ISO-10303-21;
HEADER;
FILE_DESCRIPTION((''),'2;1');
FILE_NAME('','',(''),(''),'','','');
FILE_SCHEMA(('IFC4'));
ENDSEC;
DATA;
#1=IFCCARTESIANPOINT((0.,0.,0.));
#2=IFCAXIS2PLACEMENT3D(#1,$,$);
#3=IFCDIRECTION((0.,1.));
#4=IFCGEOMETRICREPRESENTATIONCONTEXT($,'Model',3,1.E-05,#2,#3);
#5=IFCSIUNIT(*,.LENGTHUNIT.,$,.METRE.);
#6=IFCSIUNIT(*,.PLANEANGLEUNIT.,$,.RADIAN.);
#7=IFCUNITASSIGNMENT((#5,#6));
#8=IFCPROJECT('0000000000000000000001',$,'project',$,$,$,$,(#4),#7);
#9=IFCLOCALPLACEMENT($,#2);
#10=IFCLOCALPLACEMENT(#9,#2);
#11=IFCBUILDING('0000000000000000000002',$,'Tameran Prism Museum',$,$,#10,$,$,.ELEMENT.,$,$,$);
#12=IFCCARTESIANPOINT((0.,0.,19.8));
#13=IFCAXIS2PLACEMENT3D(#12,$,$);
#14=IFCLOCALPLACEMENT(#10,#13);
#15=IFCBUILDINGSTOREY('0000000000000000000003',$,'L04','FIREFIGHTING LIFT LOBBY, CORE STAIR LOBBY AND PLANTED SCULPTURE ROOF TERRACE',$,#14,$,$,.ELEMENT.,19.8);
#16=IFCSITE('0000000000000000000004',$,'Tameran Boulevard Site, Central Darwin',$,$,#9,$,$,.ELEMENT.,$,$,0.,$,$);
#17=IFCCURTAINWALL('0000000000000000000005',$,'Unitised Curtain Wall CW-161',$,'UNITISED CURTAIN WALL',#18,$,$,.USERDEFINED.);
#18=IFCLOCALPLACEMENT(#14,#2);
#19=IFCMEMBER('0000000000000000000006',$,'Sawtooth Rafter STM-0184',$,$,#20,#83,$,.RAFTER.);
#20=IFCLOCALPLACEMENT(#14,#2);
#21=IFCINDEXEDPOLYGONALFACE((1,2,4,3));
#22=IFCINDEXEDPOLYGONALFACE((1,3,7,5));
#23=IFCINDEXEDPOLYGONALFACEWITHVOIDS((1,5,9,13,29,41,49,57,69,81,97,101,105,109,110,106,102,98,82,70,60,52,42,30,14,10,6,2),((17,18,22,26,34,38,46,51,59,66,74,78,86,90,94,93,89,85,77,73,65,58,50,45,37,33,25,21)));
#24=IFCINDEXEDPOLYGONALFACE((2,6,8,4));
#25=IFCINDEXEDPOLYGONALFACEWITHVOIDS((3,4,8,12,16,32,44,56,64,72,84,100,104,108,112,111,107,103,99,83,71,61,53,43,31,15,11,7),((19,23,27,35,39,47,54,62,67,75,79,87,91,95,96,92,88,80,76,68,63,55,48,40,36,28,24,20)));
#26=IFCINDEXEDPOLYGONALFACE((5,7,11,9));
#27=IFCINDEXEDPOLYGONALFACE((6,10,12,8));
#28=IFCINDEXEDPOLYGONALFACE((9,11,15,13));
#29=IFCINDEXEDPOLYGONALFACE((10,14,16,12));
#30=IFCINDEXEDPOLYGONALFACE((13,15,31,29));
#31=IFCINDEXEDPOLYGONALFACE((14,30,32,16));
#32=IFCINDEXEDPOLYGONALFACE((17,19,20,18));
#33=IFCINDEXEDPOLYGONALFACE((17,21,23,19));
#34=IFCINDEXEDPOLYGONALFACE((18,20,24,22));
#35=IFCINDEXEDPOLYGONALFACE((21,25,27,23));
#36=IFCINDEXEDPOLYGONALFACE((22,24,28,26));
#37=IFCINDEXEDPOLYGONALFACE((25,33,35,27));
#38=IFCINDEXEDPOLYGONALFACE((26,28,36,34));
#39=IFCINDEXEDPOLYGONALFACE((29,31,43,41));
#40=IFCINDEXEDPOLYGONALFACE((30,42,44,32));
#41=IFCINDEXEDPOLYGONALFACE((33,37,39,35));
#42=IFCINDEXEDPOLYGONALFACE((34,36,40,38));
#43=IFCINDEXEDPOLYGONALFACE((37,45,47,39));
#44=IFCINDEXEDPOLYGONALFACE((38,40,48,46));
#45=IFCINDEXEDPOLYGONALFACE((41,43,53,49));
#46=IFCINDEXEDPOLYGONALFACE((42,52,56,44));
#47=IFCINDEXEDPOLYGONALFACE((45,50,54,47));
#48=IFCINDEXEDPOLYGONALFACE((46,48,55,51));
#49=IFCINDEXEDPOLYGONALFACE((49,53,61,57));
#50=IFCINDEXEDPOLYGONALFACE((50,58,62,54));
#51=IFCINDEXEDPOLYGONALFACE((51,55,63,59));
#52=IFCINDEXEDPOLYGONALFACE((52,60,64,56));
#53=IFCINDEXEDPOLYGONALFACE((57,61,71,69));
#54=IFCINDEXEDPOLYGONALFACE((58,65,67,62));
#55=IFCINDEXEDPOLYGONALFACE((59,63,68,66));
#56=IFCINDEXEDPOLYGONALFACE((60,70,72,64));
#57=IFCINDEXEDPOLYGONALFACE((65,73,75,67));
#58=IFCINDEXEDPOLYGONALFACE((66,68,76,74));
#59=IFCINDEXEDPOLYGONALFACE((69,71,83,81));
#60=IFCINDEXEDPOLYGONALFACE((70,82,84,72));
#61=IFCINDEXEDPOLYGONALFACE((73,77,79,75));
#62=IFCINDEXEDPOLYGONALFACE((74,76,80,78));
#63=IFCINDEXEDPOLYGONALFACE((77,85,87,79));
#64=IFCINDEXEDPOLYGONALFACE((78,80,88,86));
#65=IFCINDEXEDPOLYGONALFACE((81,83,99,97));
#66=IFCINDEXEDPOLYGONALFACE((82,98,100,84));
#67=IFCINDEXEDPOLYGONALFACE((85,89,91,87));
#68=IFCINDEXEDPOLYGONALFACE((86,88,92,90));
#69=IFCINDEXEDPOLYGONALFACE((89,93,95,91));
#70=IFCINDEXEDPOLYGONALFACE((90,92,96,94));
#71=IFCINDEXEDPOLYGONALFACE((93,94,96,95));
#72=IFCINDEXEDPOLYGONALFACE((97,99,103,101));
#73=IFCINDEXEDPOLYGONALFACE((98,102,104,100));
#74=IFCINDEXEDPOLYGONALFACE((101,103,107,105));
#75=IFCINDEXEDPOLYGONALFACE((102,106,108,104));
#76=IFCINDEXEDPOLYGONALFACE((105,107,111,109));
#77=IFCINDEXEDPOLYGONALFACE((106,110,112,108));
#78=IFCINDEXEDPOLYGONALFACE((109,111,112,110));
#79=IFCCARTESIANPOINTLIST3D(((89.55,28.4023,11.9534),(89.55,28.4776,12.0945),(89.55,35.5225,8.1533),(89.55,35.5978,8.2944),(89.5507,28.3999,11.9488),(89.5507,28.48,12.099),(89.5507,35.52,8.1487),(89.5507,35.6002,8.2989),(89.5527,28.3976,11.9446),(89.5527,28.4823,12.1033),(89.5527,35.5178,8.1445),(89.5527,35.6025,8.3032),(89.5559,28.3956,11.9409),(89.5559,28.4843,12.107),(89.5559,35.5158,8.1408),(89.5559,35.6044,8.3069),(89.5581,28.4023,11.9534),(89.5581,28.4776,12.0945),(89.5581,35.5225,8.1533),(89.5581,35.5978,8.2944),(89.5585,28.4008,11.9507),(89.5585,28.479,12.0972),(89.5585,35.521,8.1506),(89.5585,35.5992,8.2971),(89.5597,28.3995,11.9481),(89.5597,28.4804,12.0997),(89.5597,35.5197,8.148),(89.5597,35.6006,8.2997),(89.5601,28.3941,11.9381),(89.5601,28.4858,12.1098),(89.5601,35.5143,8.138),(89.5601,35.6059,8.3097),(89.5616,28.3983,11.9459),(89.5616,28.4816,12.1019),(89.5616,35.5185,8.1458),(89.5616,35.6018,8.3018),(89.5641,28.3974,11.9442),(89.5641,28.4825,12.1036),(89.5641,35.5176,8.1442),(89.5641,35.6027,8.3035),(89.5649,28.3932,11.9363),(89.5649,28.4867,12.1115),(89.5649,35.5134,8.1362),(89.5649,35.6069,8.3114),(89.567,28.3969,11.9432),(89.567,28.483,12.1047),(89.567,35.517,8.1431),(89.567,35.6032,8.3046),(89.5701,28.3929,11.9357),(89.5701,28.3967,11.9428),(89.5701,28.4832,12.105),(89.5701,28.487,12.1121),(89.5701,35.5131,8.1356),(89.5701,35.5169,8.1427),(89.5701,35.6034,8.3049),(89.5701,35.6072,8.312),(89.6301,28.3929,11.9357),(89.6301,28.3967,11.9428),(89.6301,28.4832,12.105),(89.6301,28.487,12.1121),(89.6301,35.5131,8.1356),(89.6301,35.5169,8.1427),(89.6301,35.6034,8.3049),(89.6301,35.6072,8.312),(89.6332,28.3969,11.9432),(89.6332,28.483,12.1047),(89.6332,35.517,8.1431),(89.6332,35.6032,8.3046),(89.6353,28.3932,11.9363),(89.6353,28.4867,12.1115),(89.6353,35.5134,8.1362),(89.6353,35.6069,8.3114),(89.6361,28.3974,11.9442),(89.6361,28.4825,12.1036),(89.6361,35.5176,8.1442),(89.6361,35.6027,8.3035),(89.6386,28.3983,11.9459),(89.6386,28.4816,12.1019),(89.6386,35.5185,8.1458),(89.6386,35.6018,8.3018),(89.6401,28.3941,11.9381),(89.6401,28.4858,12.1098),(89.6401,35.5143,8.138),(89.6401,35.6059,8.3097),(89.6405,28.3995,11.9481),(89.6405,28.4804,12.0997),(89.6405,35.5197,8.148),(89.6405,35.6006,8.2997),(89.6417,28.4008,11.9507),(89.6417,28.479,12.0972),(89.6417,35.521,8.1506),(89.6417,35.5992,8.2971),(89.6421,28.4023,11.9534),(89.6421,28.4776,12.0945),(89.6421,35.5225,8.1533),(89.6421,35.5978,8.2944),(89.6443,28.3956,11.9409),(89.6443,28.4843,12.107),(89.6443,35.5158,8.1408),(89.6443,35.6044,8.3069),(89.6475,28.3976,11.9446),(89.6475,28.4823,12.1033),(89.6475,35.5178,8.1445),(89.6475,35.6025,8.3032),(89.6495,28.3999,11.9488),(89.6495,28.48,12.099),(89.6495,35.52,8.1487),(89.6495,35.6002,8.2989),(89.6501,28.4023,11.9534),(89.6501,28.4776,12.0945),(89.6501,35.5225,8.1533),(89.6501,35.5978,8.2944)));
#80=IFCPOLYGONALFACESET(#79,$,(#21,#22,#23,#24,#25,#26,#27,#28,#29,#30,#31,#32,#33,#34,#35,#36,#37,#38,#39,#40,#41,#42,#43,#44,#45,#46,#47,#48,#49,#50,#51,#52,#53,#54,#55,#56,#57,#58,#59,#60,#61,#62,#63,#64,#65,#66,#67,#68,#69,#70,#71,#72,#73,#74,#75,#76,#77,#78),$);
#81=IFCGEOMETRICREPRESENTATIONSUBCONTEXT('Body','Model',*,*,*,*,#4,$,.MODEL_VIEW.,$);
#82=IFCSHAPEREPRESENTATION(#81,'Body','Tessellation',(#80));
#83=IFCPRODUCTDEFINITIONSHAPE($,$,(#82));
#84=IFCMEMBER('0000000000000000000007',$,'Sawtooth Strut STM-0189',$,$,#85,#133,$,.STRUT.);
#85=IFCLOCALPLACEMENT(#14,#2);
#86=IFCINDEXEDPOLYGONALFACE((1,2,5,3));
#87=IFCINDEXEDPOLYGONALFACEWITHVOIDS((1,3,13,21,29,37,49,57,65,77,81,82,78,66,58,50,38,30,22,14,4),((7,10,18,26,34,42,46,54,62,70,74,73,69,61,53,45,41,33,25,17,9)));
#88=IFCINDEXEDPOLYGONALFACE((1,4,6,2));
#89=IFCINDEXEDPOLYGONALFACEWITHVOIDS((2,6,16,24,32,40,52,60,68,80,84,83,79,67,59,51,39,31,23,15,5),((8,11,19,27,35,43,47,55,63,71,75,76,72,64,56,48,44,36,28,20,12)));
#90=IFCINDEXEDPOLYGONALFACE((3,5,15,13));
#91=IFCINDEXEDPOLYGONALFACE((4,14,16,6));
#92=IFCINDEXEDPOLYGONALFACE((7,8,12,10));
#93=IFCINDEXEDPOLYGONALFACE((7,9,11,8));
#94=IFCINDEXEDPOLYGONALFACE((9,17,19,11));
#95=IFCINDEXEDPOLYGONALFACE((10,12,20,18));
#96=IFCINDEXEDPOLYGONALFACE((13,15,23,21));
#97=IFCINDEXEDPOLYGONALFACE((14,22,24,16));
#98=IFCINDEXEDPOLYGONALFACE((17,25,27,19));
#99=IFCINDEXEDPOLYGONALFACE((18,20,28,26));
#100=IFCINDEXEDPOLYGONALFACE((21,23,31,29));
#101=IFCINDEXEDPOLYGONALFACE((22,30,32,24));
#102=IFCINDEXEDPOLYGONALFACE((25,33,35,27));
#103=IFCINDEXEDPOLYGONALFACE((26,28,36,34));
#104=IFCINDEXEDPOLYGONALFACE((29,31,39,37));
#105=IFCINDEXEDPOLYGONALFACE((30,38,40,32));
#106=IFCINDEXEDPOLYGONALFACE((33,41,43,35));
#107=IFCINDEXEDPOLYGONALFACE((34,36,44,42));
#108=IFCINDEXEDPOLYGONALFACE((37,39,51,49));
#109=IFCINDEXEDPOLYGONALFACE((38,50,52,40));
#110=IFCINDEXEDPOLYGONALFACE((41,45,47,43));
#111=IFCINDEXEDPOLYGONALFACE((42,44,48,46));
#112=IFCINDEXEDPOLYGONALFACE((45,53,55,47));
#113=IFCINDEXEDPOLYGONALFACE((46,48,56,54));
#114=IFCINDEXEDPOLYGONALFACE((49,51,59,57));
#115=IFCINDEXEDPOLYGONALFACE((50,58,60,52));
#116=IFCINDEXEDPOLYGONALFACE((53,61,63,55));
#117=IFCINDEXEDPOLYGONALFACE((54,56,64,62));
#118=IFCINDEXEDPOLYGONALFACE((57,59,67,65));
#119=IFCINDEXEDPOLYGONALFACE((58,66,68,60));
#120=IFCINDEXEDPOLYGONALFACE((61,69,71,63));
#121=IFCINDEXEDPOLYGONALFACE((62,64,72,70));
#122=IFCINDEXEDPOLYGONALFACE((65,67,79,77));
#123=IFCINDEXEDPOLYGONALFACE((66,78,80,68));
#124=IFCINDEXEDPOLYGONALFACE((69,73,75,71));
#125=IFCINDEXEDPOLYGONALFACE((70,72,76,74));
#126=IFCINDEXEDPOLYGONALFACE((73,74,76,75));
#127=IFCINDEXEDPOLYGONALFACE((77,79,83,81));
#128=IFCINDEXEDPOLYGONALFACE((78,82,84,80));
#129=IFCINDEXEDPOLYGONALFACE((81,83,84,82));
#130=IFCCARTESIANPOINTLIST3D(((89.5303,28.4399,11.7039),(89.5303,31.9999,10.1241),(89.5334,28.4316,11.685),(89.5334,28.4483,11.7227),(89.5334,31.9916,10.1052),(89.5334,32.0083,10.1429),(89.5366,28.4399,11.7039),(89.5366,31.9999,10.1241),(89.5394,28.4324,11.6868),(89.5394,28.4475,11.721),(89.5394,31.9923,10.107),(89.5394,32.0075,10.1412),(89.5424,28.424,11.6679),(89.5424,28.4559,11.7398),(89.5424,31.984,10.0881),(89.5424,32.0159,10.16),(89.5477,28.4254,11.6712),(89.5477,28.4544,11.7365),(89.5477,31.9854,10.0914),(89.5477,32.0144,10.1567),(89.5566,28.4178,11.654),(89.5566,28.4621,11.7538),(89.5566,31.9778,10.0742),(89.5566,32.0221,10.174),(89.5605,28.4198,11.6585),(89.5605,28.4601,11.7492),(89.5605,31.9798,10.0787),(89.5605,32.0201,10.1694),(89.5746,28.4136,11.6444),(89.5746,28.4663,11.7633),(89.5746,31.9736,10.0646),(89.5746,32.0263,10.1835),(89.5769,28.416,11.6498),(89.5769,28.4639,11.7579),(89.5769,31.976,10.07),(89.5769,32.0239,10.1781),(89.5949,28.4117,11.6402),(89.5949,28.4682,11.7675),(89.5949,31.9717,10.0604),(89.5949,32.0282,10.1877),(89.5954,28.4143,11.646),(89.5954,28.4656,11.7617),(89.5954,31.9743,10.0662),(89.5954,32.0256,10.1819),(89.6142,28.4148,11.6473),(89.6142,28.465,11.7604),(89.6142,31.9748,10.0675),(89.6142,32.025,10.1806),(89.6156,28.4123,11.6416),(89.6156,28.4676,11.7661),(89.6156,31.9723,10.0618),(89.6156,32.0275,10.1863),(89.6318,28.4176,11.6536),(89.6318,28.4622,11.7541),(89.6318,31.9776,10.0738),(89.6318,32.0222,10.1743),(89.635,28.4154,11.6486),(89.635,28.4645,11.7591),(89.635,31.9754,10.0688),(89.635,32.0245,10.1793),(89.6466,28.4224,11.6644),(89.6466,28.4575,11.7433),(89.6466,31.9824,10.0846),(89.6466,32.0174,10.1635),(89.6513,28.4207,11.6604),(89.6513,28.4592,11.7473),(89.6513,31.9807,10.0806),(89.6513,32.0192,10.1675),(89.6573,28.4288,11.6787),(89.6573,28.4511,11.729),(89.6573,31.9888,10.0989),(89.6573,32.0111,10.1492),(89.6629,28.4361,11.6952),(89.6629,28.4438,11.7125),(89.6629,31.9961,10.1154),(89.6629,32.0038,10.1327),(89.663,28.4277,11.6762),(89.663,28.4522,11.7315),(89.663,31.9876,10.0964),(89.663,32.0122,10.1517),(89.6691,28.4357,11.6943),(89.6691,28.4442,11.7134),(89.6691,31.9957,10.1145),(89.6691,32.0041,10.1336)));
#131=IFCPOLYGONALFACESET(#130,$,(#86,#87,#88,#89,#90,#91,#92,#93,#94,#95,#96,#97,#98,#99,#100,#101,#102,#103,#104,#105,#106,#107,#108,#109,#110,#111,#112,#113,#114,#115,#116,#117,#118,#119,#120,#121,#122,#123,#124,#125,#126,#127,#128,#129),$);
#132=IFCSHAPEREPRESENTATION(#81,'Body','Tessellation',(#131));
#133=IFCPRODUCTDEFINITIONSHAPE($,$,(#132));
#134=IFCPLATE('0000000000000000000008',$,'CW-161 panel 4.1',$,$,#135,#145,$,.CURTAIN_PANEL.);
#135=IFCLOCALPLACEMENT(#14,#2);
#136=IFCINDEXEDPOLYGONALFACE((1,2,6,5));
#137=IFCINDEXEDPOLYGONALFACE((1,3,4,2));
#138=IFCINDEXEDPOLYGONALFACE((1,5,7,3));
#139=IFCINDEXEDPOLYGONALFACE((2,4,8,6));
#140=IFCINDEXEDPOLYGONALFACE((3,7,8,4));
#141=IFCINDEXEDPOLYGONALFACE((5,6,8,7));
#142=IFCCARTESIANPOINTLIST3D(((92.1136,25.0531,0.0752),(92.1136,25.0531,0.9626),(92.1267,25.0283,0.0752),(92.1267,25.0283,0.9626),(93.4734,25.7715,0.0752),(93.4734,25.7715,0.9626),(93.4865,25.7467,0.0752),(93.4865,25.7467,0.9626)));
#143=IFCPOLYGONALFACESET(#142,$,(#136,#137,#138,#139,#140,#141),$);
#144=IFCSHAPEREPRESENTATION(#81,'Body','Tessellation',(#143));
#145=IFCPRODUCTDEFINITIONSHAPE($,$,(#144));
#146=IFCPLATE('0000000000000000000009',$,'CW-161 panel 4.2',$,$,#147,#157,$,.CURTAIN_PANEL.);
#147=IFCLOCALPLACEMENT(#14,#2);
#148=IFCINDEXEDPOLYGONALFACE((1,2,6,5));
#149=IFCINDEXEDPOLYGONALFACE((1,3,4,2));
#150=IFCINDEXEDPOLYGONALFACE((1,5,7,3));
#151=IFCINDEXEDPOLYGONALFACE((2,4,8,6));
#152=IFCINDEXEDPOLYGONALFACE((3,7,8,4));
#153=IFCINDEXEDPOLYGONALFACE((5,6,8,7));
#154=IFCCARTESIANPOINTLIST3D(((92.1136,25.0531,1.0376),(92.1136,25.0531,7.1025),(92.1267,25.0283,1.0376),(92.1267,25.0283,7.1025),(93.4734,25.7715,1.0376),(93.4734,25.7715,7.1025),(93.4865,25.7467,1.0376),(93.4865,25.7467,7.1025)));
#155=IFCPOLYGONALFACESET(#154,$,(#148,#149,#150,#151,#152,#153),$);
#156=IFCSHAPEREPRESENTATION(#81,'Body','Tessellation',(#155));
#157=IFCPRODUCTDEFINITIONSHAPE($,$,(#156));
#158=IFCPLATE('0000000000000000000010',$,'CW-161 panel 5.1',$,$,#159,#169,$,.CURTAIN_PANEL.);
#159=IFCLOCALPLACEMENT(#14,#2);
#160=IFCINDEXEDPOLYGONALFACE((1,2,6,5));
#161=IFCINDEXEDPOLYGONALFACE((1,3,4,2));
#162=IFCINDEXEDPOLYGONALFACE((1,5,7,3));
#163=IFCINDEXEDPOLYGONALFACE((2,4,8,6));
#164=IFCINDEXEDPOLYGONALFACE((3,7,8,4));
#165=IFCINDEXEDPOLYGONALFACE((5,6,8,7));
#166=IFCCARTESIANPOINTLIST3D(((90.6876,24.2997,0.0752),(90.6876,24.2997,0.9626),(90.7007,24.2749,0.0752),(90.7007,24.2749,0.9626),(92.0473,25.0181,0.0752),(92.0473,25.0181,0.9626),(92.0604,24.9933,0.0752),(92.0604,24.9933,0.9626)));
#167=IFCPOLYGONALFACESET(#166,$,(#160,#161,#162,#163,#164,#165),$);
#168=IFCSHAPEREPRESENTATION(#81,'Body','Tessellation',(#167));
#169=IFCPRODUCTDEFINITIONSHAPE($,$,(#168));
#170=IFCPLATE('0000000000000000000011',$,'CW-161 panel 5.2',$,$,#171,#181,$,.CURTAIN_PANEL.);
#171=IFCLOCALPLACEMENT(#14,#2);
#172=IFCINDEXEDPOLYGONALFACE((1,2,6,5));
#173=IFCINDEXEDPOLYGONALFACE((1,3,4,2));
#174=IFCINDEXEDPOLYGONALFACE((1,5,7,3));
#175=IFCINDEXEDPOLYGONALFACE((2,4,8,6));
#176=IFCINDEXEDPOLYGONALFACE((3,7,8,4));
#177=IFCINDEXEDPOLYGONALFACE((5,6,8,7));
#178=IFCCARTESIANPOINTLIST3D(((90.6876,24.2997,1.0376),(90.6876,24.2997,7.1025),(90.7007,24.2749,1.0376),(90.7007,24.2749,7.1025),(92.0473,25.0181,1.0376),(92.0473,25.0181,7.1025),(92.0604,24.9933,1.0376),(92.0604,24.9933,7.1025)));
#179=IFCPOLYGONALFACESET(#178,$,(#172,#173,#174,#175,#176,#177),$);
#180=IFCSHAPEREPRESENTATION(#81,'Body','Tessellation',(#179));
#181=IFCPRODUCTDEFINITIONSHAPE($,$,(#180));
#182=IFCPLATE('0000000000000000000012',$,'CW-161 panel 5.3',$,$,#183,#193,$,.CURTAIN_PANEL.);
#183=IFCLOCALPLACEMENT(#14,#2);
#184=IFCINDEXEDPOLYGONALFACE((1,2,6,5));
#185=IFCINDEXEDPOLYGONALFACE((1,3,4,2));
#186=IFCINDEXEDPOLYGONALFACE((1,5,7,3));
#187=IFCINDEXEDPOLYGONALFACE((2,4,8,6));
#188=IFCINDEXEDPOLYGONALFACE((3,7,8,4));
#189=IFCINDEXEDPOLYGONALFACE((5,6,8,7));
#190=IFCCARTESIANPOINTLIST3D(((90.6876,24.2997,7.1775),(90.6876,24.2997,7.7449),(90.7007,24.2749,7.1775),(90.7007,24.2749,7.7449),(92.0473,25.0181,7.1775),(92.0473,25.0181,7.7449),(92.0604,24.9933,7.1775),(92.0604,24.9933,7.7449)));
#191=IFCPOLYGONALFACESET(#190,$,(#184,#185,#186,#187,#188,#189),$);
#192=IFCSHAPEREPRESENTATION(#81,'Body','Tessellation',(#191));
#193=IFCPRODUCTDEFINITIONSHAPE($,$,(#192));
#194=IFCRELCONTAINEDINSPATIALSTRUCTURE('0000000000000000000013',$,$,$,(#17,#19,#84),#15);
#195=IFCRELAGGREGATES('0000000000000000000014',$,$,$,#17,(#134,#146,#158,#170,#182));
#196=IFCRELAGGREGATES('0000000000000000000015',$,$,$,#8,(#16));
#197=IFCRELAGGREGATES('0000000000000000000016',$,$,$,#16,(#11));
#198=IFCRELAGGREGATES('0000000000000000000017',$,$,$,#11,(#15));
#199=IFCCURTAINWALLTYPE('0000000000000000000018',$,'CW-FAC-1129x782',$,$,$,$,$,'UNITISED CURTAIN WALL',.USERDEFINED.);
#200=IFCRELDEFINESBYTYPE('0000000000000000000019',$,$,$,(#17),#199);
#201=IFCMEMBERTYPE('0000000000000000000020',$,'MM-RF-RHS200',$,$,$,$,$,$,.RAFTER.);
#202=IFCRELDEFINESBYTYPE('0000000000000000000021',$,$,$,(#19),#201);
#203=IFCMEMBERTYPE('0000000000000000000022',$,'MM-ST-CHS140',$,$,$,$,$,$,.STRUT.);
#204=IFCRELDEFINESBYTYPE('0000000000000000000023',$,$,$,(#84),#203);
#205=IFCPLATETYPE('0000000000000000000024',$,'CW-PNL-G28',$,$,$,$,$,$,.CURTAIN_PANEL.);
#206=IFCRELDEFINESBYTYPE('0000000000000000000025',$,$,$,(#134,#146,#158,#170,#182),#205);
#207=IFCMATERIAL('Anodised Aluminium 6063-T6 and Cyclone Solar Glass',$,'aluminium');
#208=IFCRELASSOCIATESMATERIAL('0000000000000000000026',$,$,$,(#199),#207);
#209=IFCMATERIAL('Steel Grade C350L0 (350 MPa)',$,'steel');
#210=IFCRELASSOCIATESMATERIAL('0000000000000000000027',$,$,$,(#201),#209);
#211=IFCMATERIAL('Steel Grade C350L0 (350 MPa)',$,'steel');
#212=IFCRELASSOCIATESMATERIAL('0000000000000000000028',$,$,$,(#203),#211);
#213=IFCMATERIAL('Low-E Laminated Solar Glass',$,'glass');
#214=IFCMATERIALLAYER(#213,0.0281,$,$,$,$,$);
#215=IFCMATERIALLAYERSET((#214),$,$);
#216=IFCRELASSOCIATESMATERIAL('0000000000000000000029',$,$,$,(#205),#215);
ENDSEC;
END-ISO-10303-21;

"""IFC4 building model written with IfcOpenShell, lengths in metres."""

from ifc_helpers import new_model, si_unit, direction, frame, origin, origin_2d, place, context, subcontext, project, spatial, rectangle, hollow_rectangle, hollow_circle, extrude, material, layer, layer_set, material_profile, profile_set, type_object, element, aggregate, save


model = new_model("IFC4")

# Units and contexts
model_context = context("Model", 3, precision=1e-05, world=origin(), true_north=direction((0.0, 1.0)))
body_context = subcontext(model_context, "Body", "Model", "MODEL_VIEW")
ifc_project = project(units=[si_unit("LENGTHUNIT", "METRE"), si_unit("PLANEANGLEUNIT", "RADIAN")], contexts=[model_context])

# Site, building, storey
site_placement = place(None, origin())
site = spatial("IfcSite", under=ifc_project, at=site_placement, Name="Tameran Boulevard Site, Central Darwin", CompositionType="ELEMENT", RefElevation=0.0)
building_placement = place(site_placement, origin())
building = spatial("IfcBuilding", under=site, at=building_placement, Name="Tameran Prism Museum", CompositionType="ELEMENT")
storey_placement = place(building_placement, frame((0.0, 0.0, 19.8)))
storey = spatial("IfcBuildingStorey", under=building, at=storey_placement, Name="L04", Description="FIREFIGHTING LIFT LOBBY, CORE STAIR LOBBY AND PLANTED SCULPTURE ROOF TERRACE", CompositionType="ELEMENT", Elevation=19.8)

# Curtain wall
ifc_material_1 = material(Name="Anodised Aluminium 6063-T6 and Cyclone Solar Glass", Category="aluminium")
curtain_wall_type = type_object("IfcCurtainWallType", Name="CW-FAC-1129x782", ElementType="UNITISED CURTAIN WALL", PredefinedType="USERDEFINED", material=ifc_material_1)
curtain_wall_placement = place(storey_placement, origin())
curtain_wall = element("IfcCurtainWall", 1, at=curtain_wall_placement, inside=storey, type_object=curtain_wall_type, Name="Unitised Curtain Wall CW-161", ObjectType="UNITISED CURTAIN WALL", PredefinedType="USERDEFINED")

# Members
ifc_material_2 = material(Name="Steel Grade C350L0 (350 MPa)", Category="steel")
ifc_material_profile_1 = material_profile(ifc_material_2, hollow_rectangle(XDim=0.1001, YDim=0.2, WallThickness=0.0081, InnerFilletRadius=0.012, OuterFilletRadius=0.02, at=origin_2d()))
ifc_profile_set_1 = profile_set([ifc_material_profile_1])
member_type_1 = type_object("IfcMemberType", Name="MM-RF-RHS200", PredefinedType="RAFTER", material=ifc_profile_set_1)
member_1_placement = place(storey_placement, frame((89.6001, 28.4399, 12.0239), z_axis=(0.0, 0.882216, -0.470844), x_axis=(-1.0, 0.0, 0.0)))
element("IfcMember", 2, at=member_1_placement, inside=storey, type_object=member_type_1, Name="Sawtooth Rafter STM-0184", PredefinedType="RAFTER", context=body_context, shape_type="SweptSolid", body=[
    extrude(hollow_rectangle(XDim=0.1001, YDim=0.2, WallThickness=0.0081, InnerFilletRadius=0.012, OuterFilletRadius=0.02, at=origin_2d()), origin(), (0.0, 0.0, 1.0), 8.0708),
])
ifc_material_3 = material(Name="Steel Grade C350L0 (350 MPa)", Category="steel")
ifc_material_profile_2 = material_profile(ifc_material_3, hollow_circle(Radius=0.0698, WallThickness=0.0063, at=origin_2d()))
ifc_profile_set_2 = profile_set([ifc_material_profile_2])
member_type_2 = type_object("IfcMemberType", Name="MM-ST-CHS140", PredefinedType="STRUT", material=ifc_profile_set_2)
member_2_placement = place(storey_placement, frame((89.6001, 28.4399, 11.7039), z_axis=(0.0, 0.914041, -0.405621), x_axis=(-1.0, 0.0, 0.0)))
element("IfcMember", 3, at=member_2_placement, inside=storey, type_object=member_type_2, Name="Sawtooth Strut STM-0189", PredefinedType="STRUT", context=body_context, shape_type="SweptSolid", body=[
    extrude(hollow_circle(Radius=0.0698, WallThickness=0.0063, at=origin_2d()), origin(), (0.0, 0.0, 1.0), 3.8948),
])

# Plates
ifc_material_4 = material(Name="Low-E Laminated Solar Glass", Category="glass")
ifc_layer_1 = layer(ifc_material_4, 0.0281)
ifc_layer_set_1 = layer_set([ifc_layer_1])
plate_type_1 = type_object("IfcPlateType", Name="CW-PNL-G28", PredefinedType="CURTAIN_PANEL", material=ifc_layer_set_1)
plate_1_placement = place(storey_placement, frame((92.8, 25.3999, 0.0752), z_axis=(0.0, 0.0, 1.0), x_axis=(-0.884175, -0.467155, 0.0)))
plate_1 = element("IfcPlate", 4, at=plate_1_placement, type_object=plate_type_1, Name="CW-161 panel 4.1", PredefinedType="CURTAIN_PANEL", context=body_context, shape_type="SweptSolid", body=[
    extrude(rectangle(XDim=1.5378, YDim=0.0281, at=origin_2d()), origin(), (0.0, 0.0, 1.0), 0.8875),
])
plate_2_placement = place(storey_placement, frame((92.8, 25.3999, 1.0376), z_axis=(0.0, 0.0, 1.0), x_axis=(-0.884175, -0.467155, 0.0)))
plate_2 = element("IfcPlate", 5, at=plate_2_placement, type_object=plate_type_1, Name="CW-161 panel 4.2", PredefinedType="CURTAIN_PANEL", context=body_context, shape_type="SweptSolid", body=[
    extrude(rectangle(XDim=1.5378, YDim=0.0281, at=origin_2d()), origin(), (0.0, 0.0, 1.0), 6.0649),
])
plate_3_placement = place(storey_placement, frame((91.374, 24.6465, 0.0752), z_axis=(0.0, 0.0, 1.0), x_axis=(-0.884175, -0.467155, 0.0)))
plate_3 = element("IfcPlate", 6, at=plate_3_placement, type_object=plate_type_1, Name="CW-161 panel 5.1", PredefinedType="CURTAIN_PANEL", context=body_context, shape_type="SweptSolid", body=[
    extrude(rectangle(XDim=1.5378, YDim=0.0281, at=origin_2d()), origin(), (0.0, 0.0, 1.0), 0.8875),
])
plate_4_placement = place(storey_placement, frame((91.374, 24.6465, 1.0376), z_axis=(0.0, 0.0, 1.0), x_axis=(-0.884175, -0.467155, 0.0)))
plate_4 = element("IfcPlate", 7, at=plate_4_placement, type_object=plate_type_1, Name="CW-161 panel 5.2", PredefinedType="CURTAIN_PANEL", context=body_context, shape_type="SweptSolid", body=[
    extrude(rectangle(XDim=1.5378, YDim=0.0281, at=origin_2d()), origin(), (0.0, 0.0, 1.0), 6.0649),
])
plate_5_placement = place(storey_placement, frame((91.374, 24.6465, 7.1775), z_axis=(0.0, 0.0, 1.0), x_axis=(-0.884175, -0.467155, 0.0)))
plate_5 = element("IfcPlate", 8, at=plate_5_placement, type_object=plate_type_1, Name="CW-161 panel 5.3", PredefinedType="CURTAIN_PANEL", context=body_context, shape_type="SweptSolid", body=[
    extrude(rectangle(XDim=1.5378, YDim=0.0281, at=origin_2d()), origin(), (0.0, 0.0, 1.0), 0.5674),
])
aggregate(curtain_wall, [plate_1, plate_2, plate_3, plate_4, plate_5])

save(model, "model.ifc")
